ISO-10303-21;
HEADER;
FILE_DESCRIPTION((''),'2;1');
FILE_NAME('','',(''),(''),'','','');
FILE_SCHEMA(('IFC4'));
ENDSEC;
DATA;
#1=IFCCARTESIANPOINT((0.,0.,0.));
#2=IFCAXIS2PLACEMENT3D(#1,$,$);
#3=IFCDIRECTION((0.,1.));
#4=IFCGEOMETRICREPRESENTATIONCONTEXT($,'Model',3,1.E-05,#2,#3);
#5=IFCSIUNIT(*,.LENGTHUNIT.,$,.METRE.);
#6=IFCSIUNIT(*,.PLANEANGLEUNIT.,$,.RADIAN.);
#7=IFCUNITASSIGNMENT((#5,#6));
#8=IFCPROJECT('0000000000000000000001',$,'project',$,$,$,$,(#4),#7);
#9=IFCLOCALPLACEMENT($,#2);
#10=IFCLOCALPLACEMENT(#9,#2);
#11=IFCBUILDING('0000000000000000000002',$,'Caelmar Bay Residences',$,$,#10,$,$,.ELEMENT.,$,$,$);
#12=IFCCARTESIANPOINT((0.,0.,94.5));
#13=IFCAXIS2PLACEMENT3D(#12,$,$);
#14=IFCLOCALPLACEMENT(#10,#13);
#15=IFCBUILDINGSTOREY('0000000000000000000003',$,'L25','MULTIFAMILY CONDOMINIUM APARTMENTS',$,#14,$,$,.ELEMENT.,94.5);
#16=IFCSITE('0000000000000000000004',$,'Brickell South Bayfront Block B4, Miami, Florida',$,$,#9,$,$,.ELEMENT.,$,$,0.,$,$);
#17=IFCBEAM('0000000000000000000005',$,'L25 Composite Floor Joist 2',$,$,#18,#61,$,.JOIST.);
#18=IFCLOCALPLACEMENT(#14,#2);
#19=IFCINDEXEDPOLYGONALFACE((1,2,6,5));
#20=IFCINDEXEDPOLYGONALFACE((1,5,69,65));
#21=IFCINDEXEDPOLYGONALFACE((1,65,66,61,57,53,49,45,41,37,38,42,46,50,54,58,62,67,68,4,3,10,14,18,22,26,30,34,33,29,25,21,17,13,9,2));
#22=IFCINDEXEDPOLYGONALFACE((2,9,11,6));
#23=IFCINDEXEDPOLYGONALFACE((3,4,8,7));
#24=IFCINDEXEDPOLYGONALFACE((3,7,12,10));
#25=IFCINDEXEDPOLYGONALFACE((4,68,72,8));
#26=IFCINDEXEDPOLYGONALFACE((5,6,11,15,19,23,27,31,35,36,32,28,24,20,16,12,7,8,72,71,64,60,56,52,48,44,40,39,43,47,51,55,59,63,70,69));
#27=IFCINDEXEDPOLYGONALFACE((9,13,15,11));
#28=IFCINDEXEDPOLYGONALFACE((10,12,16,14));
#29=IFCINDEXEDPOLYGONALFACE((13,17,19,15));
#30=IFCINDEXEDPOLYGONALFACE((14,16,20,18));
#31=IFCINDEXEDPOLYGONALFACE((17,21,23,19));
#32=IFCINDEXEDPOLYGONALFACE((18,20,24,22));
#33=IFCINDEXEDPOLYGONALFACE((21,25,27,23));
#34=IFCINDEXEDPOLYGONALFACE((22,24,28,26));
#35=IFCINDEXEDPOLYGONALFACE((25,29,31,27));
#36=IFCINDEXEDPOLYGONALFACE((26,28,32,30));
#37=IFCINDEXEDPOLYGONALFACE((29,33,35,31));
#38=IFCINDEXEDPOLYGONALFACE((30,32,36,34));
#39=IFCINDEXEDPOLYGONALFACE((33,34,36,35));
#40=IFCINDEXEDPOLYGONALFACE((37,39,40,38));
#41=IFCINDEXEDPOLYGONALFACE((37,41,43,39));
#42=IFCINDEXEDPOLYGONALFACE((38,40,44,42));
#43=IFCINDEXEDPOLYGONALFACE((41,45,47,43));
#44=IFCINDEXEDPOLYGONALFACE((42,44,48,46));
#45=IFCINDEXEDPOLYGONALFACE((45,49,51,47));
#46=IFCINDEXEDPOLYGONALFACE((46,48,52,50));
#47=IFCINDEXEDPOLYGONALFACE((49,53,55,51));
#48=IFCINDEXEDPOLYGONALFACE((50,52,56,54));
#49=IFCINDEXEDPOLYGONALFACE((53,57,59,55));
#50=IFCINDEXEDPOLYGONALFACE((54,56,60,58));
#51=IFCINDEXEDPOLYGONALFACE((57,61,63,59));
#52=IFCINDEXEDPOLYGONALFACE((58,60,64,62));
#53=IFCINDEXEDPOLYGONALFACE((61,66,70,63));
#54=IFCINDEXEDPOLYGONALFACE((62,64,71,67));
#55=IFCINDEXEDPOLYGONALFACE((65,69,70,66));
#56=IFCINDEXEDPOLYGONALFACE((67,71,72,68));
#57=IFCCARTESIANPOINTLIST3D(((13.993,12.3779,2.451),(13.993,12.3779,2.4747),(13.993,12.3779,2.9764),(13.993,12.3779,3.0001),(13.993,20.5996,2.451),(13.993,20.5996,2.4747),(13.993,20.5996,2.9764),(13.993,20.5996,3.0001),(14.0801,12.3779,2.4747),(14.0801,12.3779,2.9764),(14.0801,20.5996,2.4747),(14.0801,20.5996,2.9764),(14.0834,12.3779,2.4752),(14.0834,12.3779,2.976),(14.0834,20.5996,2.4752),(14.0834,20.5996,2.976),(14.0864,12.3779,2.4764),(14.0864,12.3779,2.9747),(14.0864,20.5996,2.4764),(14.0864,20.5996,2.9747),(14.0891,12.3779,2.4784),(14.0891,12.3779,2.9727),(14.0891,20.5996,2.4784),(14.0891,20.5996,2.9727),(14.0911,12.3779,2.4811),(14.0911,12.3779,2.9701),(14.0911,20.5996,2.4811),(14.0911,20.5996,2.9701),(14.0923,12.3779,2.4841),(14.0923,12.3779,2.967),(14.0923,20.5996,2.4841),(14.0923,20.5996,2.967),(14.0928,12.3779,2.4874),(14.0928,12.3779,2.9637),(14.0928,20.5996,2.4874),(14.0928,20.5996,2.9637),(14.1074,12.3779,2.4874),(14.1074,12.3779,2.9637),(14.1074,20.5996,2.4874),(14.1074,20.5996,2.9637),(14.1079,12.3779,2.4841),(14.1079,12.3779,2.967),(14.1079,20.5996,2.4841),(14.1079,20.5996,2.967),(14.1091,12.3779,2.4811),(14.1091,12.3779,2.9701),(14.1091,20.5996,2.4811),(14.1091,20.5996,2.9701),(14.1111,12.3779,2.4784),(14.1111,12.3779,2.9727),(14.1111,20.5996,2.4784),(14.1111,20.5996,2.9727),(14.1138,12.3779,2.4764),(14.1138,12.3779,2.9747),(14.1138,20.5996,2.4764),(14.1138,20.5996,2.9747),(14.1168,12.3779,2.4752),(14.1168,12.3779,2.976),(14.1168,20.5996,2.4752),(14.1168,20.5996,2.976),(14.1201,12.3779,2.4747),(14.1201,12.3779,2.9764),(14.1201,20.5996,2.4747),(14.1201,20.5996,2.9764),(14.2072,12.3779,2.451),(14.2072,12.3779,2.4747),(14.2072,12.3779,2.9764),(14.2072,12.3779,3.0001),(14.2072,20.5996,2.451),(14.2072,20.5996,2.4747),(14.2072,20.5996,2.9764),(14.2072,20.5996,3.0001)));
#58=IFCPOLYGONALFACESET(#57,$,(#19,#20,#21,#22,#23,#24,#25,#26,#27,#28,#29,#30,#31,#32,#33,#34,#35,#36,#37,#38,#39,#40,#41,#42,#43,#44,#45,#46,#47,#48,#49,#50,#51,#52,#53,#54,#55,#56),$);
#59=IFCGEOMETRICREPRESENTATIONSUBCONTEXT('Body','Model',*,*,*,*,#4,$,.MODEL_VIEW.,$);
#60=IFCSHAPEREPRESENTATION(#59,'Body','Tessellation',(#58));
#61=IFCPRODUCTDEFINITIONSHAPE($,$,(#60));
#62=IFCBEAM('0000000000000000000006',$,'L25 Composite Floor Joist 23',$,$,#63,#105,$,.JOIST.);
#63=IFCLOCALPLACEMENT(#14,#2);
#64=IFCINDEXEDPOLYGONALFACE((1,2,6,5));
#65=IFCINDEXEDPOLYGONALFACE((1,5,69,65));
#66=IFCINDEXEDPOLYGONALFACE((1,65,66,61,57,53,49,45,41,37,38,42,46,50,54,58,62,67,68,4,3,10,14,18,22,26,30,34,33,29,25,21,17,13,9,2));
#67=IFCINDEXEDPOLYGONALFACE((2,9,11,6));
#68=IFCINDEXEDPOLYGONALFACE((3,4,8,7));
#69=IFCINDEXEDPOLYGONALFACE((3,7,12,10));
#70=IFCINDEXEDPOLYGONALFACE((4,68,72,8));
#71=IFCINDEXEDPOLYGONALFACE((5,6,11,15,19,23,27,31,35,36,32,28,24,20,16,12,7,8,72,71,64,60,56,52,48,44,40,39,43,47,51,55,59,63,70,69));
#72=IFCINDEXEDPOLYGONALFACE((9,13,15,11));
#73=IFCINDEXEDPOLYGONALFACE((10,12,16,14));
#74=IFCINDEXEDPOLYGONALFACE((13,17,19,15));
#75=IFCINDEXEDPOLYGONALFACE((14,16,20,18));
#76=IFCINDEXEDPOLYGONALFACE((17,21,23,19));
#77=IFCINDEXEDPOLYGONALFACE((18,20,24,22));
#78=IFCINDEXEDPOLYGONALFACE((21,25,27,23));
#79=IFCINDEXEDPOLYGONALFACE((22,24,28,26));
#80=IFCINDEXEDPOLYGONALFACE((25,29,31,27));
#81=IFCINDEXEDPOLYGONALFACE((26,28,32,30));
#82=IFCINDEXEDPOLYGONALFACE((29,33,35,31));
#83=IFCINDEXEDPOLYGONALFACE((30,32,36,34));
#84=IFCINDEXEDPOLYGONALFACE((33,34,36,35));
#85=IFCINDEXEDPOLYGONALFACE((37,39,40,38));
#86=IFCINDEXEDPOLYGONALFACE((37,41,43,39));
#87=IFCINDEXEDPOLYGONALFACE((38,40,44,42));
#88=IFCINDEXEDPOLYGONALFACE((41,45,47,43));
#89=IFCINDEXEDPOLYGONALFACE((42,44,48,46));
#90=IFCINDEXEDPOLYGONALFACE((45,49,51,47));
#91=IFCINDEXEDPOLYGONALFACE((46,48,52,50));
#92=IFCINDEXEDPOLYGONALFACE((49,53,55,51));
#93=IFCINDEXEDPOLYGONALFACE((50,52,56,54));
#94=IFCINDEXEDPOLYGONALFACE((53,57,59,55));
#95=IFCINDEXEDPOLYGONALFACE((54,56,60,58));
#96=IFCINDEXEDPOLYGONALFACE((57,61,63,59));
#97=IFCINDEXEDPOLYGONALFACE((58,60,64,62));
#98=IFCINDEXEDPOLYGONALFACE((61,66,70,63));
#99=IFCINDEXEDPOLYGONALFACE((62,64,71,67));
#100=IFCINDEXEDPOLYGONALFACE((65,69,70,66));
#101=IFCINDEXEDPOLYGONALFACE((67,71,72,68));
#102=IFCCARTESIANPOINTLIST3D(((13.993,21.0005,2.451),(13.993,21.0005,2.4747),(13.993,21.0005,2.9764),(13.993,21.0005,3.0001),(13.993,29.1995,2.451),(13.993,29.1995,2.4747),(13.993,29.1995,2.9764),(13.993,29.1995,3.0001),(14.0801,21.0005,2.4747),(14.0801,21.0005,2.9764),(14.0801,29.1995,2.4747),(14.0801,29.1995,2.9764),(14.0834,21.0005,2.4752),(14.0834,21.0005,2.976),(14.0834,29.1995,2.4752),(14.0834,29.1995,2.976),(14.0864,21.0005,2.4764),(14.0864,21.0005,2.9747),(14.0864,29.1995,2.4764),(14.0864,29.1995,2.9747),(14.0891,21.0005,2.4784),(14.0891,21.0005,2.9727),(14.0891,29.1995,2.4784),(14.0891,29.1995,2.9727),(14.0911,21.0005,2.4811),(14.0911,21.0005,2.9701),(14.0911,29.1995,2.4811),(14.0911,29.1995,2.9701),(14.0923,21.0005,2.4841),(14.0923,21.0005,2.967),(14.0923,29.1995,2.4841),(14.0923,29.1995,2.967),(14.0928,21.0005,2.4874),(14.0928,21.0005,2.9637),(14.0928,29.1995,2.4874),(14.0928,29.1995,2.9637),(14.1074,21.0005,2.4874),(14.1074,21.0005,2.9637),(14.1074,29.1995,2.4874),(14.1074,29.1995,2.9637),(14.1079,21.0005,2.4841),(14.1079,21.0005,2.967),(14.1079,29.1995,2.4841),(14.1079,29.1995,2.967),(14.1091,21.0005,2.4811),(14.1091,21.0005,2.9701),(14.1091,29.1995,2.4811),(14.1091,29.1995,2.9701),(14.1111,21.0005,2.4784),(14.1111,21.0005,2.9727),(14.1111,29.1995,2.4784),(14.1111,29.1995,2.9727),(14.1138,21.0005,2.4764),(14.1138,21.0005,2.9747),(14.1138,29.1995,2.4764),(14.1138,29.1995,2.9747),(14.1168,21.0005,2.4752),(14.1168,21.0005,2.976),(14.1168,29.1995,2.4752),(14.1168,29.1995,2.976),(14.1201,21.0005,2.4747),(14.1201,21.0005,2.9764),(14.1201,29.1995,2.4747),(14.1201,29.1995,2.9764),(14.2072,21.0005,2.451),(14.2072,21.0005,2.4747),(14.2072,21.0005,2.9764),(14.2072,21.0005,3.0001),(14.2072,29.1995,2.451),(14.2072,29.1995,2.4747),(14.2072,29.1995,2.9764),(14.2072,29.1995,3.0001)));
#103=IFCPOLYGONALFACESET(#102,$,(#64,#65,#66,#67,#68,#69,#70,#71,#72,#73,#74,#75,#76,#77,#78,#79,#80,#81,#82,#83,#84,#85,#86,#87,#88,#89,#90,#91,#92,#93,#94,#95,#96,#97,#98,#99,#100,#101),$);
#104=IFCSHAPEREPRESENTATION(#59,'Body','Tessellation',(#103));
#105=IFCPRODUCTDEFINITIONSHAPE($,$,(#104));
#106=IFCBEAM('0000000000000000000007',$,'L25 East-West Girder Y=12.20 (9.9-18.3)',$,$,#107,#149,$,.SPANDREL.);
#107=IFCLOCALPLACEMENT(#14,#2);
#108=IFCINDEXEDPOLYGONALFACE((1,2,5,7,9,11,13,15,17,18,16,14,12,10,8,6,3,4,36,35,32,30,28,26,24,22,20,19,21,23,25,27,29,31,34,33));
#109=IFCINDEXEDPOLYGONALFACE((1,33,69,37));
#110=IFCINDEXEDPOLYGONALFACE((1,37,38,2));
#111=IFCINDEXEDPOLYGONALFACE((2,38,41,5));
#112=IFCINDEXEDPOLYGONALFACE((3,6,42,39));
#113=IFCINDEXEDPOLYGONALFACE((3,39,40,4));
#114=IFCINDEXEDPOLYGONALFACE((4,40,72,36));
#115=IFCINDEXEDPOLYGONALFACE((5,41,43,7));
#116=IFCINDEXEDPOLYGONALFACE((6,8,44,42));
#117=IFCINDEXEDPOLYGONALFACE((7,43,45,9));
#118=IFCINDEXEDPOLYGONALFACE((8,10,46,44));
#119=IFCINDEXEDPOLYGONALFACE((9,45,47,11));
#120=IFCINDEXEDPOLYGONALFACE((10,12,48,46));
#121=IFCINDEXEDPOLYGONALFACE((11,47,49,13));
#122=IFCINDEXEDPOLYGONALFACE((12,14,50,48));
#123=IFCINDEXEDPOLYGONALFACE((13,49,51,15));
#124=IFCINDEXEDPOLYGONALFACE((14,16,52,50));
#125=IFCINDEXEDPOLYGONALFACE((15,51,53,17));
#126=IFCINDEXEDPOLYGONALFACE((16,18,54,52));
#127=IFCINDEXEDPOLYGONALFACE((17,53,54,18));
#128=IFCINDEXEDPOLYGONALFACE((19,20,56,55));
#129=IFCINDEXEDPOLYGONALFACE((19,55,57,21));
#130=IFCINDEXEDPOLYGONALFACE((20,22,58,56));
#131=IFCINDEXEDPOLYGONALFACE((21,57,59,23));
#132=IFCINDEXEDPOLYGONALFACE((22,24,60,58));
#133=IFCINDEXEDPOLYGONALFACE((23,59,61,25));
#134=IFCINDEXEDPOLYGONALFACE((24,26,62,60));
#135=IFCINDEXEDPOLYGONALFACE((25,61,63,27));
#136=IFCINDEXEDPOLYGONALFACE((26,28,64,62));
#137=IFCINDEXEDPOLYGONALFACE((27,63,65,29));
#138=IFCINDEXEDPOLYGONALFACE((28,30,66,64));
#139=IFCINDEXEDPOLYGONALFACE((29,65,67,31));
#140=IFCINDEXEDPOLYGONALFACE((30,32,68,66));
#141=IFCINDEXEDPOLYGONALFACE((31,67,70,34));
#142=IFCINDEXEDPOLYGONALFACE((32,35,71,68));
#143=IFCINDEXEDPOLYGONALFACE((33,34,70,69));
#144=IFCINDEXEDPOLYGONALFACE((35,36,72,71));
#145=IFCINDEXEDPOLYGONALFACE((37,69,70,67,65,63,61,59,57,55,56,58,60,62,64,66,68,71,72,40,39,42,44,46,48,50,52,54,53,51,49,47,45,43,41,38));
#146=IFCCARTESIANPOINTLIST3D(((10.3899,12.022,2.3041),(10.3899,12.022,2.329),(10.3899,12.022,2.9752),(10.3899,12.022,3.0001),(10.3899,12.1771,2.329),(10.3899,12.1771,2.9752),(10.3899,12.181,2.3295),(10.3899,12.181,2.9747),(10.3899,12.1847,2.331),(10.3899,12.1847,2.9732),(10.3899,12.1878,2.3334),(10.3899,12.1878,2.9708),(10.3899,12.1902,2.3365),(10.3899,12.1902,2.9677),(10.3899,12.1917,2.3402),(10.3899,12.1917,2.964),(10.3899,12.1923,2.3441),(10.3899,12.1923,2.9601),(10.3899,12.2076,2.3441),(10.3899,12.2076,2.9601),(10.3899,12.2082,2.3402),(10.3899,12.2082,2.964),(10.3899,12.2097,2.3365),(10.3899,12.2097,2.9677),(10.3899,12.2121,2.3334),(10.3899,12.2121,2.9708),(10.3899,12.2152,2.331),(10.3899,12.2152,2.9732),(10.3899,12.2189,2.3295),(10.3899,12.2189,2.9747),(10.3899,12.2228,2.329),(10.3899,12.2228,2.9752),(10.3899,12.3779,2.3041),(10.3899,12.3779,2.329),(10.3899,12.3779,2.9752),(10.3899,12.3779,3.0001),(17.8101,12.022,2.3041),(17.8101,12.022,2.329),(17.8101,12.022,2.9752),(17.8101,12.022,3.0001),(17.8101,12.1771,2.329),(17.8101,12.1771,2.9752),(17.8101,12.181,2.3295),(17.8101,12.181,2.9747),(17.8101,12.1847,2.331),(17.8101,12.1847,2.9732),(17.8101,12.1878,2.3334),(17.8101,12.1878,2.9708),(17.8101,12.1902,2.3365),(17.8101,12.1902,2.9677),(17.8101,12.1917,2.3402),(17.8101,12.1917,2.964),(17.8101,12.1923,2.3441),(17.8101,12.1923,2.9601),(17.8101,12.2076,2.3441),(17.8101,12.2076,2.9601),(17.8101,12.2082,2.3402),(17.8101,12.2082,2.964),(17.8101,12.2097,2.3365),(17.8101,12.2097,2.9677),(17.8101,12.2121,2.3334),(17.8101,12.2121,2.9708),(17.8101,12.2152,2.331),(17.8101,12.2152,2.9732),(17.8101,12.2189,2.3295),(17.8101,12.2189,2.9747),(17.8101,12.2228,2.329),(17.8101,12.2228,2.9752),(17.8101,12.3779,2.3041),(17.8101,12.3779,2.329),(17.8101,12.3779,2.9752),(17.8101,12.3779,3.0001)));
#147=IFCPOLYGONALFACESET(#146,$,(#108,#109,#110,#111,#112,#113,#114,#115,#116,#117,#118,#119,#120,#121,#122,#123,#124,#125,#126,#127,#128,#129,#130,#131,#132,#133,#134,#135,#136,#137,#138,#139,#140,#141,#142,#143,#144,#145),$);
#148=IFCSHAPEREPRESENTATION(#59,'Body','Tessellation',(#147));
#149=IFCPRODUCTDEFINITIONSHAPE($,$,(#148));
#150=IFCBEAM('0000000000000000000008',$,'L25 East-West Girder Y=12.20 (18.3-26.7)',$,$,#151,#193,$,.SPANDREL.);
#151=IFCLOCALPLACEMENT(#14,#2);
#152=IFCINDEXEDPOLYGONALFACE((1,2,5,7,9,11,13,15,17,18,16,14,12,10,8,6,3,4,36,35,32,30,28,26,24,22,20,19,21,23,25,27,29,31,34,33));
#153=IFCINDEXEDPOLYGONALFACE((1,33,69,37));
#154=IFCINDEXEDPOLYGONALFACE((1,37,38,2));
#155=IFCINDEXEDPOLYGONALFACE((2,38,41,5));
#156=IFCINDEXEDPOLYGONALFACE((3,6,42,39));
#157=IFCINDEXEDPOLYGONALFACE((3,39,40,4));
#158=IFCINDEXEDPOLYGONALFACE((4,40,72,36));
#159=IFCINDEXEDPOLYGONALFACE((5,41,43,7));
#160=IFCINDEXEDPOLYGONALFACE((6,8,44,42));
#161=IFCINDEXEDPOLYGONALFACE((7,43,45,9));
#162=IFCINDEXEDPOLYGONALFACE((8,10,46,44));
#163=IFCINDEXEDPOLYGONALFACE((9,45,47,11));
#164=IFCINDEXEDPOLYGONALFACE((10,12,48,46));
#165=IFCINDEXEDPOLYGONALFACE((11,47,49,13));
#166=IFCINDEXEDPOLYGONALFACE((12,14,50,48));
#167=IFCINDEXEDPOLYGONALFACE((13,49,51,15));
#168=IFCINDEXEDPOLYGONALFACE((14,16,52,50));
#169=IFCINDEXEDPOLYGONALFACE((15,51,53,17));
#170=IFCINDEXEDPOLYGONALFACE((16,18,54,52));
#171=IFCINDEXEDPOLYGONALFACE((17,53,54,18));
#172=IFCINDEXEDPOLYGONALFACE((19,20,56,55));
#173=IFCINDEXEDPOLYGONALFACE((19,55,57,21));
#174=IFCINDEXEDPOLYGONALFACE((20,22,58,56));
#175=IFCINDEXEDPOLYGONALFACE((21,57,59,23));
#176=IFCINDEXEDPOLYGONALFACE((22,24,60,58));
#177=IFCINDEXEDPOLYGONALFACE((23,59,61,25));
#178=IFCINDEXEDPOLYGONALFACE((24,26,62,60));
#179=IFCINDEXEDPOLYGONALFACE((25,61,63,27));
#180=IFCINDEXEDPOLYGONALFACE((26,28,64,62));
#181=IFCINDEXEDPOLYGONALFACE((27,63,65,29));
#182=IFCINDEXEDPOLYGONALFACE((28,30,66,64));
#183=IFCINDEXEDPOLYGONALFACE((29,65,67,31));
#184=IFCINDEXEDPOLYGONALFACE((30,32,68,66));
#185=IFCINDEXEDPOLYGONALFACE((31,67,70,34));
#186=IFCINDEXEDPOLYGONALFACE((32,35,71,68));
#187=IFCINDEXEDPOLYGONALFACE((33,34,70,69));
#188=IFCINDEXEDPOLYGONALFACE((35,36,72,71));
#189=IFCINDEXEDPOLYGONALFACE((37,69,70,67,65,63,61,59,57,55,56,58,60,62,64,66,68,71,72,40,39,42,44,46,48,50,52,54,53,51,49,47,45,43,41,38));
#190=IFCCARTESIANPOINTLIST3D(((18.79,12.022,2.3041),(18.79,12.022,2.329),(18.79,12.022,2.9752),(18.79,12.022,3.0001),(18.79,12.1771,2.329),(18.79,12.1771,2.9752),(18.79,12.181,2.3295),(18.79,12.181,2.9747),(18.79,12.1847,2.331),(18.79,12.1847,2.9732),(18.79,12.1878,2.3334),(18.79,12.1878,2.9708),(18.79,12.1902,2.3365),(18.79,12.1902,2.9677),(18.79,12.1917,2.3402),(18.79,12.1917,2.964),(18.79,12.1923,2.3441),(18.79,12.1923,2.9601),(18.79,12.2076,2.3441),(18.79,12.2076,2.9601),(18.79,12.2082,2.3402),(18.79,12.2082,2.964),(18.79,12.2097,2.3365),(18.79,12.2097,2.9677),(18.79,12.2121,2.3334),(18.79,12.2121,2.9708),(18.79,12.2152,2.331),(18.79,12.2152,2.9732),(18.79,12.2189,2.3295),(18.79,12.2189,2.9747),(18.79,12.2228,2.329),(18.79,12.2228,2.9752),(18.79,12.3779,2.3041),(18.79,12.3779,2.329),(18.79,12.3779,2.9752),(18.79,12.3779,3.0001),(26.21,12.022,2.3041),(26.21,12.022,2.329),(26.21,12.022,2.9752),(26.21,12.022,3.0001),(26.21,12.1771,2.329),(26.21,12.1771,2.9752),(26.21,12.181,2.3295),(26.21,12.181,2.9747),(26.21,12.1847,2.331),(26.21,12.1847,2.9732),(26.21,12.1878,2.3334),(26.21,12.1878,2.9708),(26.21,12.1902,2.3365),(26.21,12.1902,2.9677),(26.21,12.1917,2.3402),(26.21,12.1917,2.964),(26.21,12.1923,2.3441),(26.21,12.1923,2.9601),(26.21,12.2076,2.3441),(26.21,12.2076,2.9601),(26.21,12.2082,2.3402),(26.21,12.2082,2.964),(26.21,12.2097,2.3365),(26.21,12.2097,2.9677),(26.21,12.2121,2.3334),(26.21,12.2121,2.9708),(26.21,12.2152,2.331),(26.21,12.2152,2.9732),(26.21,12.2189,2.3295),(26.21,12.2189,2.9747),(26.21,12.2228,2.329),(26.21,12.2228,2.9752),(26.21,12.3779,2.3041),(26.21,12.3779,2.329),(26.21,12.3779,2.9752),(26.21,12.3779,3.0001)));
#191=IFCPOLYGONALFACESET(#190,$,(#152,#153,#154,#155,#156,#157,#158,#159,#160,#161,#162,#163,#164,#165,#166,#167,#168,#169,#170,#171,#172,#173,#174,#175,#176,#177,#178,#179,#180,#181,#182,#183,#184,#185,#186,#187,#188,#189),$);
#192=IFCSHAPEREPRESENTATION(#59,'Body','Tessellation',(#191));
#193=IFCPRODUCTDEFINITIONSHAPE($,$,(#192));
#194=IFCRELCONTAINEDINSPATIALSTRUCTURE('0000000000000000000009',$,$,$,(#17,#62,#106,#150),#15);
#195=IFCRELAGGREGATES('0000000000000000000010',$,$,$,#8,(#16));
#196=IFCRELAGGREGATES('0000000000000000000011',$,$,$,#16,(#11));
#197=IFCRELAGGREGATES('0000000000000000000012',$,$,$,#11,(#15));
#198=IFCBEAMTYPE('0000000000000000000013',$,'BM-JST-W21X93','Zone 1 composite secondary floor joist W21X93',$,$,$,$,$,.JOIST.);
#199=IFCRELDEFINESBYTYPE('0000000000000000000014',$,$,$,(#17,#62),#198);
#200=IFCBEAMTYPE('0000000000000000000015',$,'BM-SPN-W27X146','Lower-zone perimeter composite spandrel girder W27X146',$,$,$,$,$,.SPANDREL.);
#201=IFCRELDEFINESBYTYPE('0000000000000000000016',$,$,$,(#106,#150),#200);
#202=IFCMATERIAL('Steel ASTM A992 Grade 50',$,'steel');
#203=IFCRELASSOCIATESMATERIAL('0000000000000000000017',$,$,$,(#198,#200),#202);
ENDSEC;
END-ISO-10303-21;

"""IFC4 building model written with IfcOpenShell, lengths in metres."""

from ifc_helpers import new_model, si_unit, direction, frame, origin, origin_2d, place, context, subcontext, project, spatial, i_section, extrude, material, material_profile, profile_set, type_object, element, save


model = new_model("IFC4")

# Units and contexts
model_context = context("Model", 3, precision=1e-05, world=origin(), true_north=direction((0.0, 1.0)))
body_context = subcontext(model_context, "Body", "Model", "MODEL_VIEW")
ifc_project = project(units=[si_unit("LENGTHUNIT", "METRE"), si_unit("PLANEANGLEUNIT", "RADIAN")], contexts=[model_context])

# Site, building, storey
site_placement = place(None, origin())
site = spatial("IfcSite", under=ifc_project, at=site_placement, Name="Brickell South Bayfront Block B4, Miami, Florida", CompositionType="ELEMENT", RefElevation=0.0)
building_placement = place(site_placement, origin())
building = spatial("IfcBuilding", under=site, at=building_placement, Name="Caelmar Bay Residences", CompositionType="ELEMENT")
storey_placement = place(building_placement, frame((0.0, 0.0, 94.5)))
storey = spatial("IfcBuildingStorey", under=building, at=storey_placement, Name="L25", Description="MULTIFAMILY CONDOMINIUM APARTMENTS", CompositionType="ELEMENT", Elevation=94.5)

# Beams
ifc_material_1 = material(Name="Steel ASTM A992 Grade 50", Category="steel")
ifc_material_profile_1 = material_profile(ifc_material_1, i_section(OverallWidth=0.2141, OverallDepth=0.5491, WebThickness=0.0146, FlangeThickness=0.0237, FilletRadius=0.0127, at=origin_2d()), Name="W21X93")
ifc_profile_set_1 = profile_set([ifc_material_profile_1], Name="Steel ASTM A992 Grade 50")
beam_type_1 = type_object("IfcBeamType", Name="BM-JST-W21X93", Description="Zone 1 composite secondary floor joist W21X93", PredefinedType="JOIST", material=ifc_profile_set_1)
beam_1_placement = place(storey_placement, frame((14.1001, 12.3779, 2.7256), z_axis=(0.0, 1.0, 0.0), x_axis=(-1.0, 0.0, 0.0)))
element("IfcBeam", 1, at=beam_1_placement, inside=storey, type_object=beam_type_1, Name="L25 Composite Floor Joist 2", PredefinedType="JOIST", context=body_context, shape_type="SweptSolid", body=[
    extrude(i_section(OverallWidth=0.2141, OverallDepth=0.5491, WebThickness=0.0146, FlangeThickness=0.0237, FilletRadius=0.0127, at=origin_2d()), origin(), (0.0, 0.0, 1.0), 8.2217),
])
beam_2_placement = place(storey_placement, frame((14.1001, 21.0005, 2.7256), z_axis=(0.0, 1.0, 0.0), x_axis=(-1.0, 0.0, 0.0)))
element("IfcBeam", 2, at=beam_2_placement, inside=storey, type_object=beam_type_1, Name="L25 Composite Floor Joist 23", PredefinedType="JOIST", context=body_context, shape_type="SweptSolid", body=[
    extrude(i_section(OverallWidth=0.2141, OverallDepth=0.5491, WebThickness=0.0146, FlangeThickness=0.0237, FilletRadius=0.0127, at=origin_2d()), origin(), (0.0, 0.0, 1.0), 8.199),
])
ifc_material_profile_2 = material_profile(ifc_material_1, i_section(OverallWidth=0.356, OverallDepth=0.696, WebThickness=0.0154, FlangeThickness=0.0249, FilletRadius=0.0151, at=origin_2d()), Name="W27X146")
ifc_profile_set_2 = profile_set([ifc_material_profile_2], Name="Steel ASTM A992 Grade 50")
beam_type_2 = type_object("IfcBeamType", Name="BM-SPN-W27X146", Description="Lower-zone perimeter composite spandrel girder W27X146", PredefinedType="SPANDREL", material=ifc_profile_set_2)
beam_3_placement = place(storey_placement, frame((10.3899, 12.2, 2.6521), z_axis=(1.0, 0.0, 0.0), x_axis=(0.0, 1.0, 0.0)))
element("IfcBeam", 3, at=beam_3_placement, inside=storey, type_object=beam_type_2, Name="L25 East-West Girder Y=12.20 (9.9-18.3)", PredefinedType="SPANDREL", context=body_context, shape_type="SweptSolid", body=[
    extrude(i_section(OverallWidth=0.356, OverallDepth=0.696, WebThickness=0.0154, FlangeThickness=0.0249, FilletRadius=0.0151, at=origin_2d()), origin(), (0.0, 0.0, 1.0), 7.4202),
])
beam_4_placement = place(storey_placement, frame((18.79, 12.2, 2.6521), z_axis=(1.0, 0.0, 0.0), x_axis=(0.0, 1.0, 0.0)))
element("IfcBeam", 4, at=beam_4_placement, inside=storey, type_object=beam_type_2, Name="L25 East-West Girder Y=12.20 (18.3-26.7)", PredefinedType="SPANDREL", context=body_context, shape_type="SweptSolid", body=[
    extrude(i_section(OverallWidth=0.356, OverallDepth=0.696, WebThickness=0.0154, FlangeThickness=0.0249, FilletRadius=0.0151, at=origin_2d()), origin(), (0.0, 0.0, 1.0), 7.4199),
])

save(model, "model.ifc")
